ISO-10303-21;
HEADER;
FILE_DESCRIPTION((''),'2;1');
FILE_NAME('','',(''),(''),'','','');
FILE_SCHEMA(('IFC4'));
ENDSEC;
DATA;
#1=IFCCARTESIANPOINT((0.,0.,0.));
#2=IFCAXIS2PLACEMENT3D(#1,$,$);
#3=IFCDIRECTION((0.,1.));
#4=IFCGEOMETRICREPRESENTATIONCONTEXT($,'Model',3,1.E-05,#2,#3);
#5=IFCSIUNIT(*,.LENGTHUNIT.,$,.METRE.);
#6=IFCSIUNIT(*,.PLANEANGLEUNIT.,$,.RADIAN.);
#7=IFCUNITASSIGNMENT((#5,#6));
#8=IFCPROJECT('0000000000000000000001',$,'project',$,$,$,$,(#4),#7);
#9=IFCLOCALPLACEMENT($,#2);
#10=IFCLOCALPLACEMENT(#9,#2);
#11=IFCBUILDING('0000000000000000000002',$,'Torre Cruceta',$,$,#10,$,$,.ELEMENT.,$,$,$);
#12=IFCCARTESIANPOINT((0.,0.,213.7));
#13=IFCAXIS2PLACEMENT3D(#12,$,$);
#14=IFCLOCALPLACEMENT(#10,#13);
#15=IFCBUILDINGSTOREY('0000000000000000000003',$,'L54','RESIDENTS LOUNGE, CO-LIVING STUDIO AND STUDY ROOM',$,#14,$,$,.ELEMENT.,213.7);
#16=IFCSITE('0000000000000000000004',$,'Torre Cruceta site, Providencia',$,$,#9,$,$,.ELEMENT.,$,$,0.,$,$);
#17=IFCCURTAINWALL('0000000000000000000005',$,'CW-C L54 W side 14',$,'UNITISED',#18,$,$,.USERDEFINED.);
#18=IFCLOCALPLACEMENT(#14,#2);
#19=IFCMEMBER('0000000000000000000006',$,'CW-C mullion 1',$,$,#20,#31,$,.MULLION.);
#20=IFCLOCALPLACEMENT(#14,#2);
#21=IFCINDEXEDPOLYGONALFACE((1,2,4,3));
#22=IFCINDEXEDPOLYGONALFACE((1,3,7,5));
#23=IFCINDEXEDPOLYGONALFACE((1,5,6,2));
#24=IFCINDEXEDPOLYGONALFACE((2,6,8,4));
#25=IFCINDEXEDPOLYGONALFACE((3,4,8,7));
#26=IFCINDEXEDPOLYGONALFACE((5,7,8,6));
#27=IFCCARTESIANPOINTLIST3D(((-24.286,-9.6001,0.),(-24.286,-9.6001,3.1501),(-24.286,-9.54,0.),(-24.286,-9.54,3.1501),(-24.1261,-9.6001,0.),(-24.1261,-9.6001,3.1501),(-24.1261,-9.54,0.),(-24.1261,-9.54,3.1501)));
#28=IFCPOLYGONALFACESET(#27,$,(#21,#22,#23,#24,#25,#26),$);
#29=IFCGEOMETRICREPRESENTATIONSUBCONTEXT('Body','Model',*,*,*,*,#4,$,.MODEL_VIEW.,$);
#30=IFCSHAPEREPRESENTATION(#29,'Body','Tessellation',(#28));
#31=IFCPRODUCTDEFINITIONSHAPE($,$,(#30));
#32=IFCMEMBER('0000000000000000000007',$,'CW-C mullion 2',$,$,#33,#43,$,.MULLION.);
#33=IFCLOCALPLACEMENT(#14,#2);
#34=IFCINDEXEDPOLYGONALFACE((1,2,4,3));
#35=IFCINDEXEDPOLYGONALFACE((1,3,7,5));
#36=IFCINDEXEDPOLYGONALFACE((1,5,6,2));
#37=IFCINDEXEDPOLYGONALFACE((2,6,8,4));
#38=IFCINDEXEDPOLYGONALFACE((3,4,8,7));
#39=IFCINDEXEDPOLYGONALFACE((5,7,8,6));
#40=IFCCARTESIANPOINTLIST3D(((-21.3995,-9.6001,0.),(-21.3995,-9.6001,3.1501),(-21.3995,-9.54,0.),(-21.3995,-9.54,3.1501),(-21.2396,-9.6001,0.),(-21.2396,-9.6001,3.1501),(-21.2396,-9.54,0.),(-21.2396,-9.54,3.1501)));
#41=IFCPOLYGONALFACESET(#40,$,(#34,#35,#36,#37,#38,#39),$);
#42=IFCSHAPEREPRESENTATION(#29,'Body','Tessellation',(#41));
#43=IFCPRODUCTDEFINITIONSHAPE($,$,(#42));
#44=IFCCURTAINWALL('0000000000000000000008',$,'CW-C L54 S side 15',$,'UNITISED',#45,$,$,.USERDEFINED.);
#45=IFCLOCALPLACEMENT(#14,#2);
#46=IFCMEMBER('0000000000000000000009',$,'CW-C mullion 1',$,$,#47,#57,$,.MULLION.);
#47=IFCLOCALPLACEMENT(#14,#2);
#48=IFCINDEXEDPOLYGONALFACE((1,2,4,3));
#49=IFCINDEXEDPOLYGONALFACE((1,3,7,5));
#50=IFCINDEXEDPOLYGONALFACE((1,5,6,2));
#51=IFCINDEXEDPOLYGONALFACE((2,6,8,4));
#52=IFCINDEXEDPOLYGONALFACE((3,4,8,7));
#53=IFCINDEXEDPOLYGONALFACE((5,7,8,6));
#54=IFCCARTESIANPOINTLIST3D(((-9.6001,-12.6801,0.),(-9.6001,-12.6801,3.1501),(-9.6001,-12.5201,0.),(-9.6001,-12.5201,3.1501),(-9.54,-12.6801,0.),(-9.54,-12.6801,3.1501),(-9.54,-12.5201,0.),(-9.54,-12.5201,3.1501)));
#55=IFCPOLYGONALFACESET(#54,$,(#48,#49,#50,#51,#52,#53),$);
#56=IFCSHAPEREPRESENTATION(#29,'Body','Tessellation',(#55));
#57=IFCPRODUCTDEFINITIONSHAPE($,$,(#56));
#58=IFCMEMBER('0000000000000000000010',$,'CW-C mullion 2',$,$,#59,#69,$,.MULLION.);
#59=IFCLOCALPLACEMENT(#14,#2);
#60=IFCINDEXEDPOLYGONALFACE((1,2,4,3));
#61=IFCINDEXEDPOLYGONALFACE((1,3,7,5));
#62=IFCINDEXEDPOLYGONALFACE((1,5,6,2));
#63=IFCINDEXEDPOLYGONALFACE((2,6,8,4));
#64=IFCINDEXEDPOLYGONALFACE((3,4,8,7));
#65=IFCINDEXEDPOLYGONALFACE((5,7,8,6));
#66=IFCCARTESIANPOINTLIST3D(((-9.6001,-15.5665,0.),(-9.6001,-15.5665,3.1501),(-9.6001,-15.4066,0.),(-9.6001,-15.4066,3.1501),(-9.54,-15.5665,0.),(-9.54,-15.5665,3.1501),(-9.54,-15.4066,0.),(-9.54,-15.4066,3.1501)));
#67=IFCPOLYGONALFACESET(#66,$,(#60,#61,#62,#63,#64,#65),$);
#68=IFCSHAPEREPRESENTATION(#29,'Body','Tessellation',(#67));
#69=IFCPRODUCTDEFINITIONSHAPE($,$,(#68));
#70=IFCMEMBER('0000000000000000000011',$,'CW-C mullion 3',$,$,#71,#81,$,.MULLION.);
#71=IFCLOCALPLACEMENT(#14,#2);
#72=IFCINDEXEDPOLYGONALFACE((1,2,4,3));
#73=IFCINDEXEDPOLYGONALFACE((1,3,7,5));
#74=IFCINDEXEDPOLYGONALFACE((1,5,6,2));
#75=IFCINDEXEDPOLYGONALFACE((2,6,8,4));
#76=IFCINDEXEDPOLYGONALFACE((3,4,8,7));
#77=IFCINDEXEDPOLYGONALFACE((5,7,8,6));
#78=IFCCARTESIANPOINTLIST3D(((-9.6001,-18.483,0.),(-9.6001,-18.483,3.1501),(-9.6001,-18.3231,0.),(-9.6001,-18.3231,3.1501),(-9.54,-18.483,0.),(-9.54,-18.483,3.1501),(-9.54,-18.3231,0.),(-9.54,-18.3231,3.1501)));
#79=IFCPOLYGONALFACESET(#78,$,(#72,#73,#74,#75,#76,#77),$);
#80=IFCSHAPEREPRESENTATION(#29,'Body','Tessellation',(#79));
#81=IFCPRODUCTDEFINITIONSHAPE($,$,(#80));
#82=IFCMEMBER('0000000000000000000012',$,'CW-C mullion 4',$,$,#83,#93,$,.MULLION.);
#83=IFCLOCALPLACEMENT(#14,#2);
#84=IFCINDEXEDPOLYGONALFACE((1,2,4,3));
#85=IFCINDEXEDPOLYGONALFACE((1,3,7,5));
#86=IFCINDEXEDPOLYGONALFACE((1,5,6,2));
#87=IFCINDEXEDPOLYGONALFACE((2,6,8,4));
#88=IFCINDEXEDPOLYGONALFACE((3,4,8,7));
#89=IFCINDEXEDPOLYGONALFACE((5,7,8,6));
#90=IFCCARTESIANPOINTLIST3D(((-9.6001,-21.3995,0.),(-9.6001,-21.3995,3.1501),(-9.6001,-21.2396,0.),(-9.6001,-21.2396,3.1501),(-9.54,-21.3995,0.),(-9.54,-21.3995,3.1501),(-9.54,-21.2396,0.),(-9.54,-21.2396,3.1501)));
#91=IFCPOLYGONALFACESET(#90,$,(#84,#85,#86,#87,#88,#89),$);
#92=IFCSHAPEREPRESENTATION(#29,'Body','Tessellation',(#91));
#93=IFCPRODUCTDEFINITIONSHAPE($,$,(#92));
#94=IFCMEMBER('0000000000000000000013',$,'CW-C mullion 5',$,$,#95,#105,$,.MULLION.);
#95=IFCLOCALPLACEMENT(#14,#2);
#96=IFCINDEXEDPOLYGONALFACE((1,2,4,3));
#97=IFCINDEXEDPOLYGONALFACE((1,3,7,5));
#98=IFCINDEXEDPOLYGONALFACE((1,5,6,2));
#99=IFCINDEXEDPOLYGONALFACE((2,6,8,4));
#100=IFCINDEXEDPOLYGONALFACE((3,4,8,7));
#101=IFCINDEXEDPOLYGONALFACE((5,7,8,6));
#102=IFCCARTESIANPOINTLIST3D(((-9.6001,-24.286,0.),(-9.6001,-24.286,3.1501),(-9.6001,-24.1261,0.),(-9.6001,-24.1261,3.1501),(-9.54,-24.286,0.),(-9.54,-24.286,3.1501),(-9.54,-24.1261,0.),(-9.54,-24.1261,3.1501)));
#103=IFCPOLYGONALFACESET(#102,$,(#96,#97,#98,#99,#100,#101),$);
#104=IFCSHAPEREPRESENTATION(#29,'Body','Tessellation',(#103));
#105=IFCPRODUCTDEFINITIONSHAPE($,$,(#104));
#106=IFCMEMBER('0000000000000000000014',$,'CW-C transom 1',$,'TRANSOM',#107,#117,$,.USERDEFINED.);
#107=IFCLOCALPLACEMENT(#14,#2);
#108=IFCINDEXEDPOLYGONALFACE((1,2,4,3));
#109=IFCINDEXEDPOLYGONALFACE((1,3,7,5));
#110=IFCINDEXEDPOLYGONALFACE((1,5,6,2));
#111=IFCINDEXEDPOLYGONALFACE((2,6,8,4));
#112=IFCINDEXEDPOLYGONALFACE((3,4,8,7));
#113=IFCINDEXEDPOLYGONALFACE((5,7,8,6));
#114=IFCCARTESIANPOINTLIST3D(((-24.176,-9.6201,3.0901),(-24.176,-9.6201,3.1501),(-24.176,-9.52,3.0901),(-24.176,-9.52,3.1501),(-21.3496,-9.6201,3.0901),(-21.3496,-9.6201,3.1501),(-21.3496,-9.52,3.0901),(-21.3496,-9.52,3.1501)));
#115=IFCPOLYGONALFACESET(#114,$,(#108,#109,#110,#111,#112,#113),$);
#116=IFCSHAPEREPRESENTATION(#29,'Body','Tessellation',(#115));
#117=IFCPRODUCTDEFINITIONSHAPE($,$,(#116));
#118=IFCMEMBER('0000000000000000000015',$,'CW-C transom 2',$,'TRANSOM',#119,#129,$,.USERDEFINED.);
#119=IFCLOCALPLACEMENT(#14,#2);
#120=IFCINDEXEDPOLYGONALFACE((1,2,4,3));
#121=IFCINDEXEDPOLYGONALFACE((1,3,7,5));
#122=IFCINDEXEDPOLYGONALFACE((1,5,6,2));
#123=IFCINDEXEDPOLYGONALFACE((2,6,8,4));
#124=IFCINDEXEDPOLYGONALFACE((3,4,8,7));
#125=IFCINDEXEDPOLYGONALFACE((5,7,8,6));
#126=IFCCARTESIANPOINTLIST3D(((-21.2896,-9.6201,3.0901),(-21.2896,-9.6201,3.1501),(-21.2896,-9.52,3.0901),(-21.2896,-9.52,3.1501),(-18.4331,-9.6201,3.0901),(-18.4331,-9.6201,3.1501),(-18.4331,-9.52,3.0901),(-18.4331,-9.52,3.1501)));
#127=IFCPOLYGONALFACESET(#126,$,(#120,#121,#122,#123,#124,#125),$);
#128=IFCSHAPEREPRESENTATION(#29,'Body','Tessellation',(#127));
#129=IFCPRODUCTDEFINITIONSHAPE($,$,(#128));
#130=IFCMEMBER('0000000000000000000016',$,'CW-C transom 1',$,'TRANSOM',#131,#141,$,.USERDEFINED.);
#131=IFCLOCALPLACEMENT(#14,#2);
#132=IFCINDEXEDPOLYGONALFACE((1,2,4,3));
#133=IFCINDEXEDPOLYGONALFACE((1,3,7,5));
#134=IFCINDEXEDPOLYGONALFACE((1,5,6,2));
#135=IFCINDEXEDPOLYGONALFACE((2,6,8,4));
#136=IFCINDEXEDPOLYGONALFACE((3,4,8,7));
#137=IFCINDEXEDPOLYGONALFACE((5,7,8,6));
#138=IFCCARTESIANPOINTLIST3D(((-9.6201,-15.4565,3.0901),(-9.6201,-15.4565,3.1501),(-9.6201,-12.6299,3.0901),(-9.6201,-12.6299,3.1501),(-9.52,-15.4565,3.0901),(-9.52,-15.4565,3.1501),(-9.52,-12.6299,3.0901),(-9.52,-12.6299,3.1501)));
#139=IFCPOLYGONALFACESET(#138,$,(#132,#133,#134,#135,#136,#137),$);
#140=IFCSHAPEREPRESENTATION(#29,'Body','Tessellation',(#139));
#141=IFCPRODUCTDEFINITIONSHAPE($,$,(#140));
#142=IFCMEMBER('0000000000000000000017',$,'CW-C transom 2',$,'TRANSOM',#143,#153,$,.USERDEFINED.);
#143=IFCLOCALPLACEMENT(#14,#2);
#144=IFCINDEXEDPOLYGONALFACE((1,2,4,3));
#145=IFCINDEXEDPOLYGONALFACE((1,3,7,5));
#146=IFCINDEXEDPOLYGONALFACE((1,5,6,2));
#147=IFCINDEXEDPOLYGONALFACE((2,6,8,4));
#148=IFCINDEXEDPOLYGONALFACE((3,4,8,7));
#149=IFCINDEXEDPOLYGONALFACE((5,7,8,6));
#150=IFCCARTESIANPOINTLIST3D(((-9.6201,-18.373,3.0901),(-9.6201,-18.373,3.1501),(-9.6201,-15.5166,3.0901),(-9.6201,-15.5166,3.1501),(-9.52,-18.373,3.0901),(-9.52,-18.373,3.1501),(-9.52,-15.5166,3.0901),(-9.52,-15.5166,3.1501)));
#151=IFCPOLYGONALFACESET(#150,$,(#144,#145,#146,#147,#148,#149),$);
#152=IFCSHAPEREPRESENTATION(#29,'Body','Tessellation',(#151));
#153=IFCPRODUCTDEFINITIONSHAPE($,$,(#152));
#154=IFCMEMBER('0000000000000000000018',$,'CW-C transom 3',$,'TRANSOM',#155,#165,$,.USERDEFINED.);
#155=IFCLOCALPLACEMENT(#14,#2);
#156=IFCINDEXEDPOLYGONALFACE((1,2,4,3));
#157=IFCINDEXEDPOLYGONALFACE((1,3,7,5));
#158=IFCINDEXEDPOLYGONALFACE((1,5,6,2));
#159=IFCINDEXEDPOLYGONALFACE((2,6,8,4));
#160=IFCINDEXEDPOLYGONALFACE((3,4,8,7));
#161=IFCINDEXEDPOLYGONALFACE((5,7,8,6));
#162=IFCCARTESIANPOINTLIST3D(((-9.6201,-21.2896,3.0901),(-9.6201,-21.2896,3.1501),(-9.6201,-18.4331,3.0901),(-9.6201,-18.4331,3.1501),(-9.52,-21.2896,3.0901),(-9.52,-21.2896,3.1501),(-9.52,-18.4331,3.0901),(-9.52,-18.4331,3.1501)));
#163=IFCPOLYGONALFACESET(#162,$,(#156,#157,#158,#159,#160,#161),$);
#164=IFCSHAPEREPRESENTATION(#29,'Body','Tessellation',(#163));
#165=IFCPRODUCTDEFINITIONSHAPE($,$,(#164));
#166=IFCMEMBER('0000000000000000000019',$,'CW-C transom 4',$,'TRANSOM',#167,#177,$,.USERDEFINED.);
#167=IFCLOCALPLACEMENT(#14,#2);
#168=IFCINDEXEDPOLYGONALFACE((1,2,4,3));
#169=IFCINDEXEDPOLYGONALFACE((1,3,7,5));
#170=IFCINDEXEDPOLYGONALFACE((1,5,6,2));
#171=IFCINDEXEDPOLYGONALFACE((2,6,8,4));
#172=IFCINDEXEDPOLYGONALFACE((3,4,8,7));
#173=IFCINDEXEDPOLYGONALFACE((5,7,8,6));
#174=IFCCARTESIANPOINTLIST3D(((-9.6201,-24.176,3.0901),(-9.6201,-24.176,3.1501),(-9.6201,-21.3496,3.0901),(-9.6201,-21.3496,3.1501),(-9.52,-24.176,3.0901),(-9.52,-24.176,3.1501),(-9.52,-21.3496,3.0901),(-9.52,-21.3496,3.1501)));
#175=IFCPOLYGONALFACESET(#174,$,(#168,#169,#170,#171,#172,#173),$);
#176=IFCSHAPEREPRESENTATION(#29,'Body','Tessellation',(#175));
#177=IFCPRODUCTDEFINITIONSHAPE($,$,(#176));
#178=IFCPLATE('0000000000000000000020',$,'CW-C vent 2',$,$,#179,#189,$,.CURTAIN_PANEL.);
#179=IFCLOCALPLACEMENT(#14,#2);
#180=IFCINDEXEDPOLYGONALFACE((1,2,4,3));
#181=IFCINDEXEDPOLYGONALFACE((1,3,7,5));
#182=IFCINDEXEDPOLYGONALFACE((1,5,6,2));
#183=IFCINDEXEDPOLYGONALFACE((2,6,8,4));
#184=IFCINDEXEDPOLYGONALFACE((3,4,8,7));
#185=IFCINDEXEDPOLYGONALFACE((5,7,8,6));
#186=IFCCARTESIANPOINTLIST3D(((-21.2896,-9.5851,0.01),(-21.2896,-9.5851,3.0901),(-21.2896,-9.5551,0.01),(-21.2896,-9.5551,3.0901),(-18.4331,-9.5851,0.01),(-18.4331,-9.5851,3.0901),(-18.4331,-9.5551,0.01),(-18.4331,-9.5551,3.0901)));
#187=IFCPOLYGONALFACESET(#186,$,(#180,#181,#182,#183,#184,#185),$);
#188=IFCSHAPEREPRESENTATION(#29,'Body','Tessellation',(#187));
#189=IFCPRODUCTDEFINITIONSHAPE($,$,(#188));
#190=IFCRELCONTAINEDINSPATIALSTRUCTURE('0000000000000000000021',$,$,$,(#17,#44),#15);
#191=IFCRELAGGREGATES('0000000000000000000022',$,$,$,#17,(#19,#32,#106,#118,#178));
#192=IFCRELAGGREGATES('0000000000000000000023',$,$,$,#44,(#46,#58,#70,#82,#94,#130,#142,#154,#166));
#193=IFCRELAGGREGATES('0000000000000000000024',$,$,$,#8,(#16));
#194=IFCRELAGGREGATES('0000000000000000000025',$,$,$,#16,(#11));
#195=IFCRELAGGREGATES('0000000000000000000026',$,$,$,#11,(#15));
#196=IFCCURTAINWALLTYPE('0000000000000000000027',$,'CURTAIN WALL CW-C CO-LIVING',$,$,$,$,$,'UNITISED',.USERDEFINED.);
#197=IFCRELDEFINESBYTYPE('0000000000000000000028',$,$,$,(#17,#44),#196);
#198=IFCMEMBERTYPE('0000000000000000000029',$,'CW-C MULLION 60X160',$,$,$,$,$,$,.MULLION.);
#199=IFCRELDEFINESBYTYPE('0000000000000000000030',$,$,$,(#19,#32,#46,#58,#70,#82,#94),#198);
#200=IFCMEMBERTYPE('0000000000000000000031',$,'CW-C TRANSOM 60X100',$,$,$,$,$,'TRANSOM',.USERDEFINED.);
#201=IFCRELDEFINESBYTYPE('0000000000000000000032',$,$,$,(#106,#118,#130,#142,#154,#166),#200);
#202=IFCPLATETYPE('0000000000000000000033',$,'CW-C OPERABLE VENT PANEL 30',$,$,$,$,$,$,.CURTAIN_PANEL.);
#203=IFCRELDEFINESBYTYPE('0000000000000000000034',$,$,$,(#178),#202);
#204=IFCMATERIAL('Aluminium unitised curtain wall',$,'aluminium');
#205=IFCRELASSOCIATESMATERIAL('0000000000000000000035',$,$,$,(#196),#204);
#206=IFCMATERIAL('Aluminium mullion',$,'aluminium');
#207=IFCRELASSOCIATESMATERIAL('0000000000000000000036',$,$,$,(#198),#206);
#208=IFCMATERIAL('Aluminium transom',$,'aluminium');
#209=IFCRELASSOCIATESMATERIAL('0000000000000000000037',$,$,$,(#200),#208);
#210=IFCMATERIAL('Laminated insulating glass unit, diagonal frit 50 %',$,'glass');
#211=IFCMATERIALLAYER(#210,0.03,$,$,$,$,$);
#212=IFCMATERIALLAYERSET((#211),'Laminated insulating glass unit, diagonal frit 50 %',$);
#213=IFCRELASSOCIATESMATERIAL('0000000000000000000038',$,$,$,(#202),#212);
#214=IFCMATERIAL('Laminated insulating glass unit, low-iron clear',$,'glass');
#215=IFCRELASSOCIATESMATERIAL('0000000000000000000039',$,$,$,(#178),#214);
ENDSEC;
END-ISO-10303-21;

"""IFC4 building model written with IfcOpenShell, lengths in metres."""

from ifc_helpers import new_model, si_unit, direction, frame, origin, origin_2d, place, context, subcontext, project, spatial, rectangle, extrude, material, layer, layer_set, material_profile, profile_set, type_object, element, aggregate, save


model = new_model("IFC4")

# Units and contexts
model_context = context("Model", 3, precision=1e-05, world=origin(), true_north=direction((0.0, 1.0)))
body_context = subcontext(model_context, "Body", "Model", "MODEL_VIEW")
ifc_project = project(units=[si_unit("LENGTHUNIT", "METRE"), si_unit("PLANEANGLEUNIT", "RADIAN")], contexts=[model_context])

# Site, building, storey
site_placement = place(None, origin())
site = spatial("IfcSite", under=ifc_project, at=site_placement, Name="Torre Cruceta site, Providencia", CompositionType="ELEMENT", RefElevation=0.0)
building_placement = place(site_placement, origin())
building = spatial("IfcBuilding", under=site, at=building_placement, Name="Torre Cruceta", CompositionType="ELEMENT")
storey_placement = place(building_placement, frame((0.0, 0.0, 213.7)))
storey = spatial("IfcBuildingStorey", under=building, at=storey_placement, Name="L54", Description="RESIDENTS LOUNGE, CO-LIVING STUDIO AND STUDY ROOM", CompositionType="ELEMENT", Elevation=213.7)

# Curtain walls, members
ifc_material_1 = material(Name="Aluminium unitised curtain wall", Category="aluminium")
curtain_wall_type = type_object("IfcCurtainWallType", Name="CURTAIN WALL CW-C CO-LIVING", ElementType="UNITISED", PredefinedType="USERDEFINED", material=ifc_material_1)
curtain_wall_1_placement = place(storey_placement, origin())
curtain_wall_1 = element("IfcCurtainWall", 1, at=curtain_wall_1_placement, inside=storey, type_object=curtain_wall_type, Name="CW-C L54 W side 14", ObjectType="UNITISED", PredefinedType="USERDEFINED")
ifc_material_2 = material(Name="Aluminium mullion", Category="aluminium")
ifc_material_profile_1 = material_profile(ifc_material_2, rectangle(XDim=0.0601, YDim=0.1599, at=origin_2d()), Name="AL 60X160")
ifc_profile_set_1 = profile_set([ifc_material_profile_1], Name="Aluminium mullion")
member_type_1 = type_object("IfcMemberType", Name="CW-C MULLION 60X160", PredefinedType="MULLION", material=ifc_profile_set_1)
member_1_placement = place(storey_placement, frame((-24.2061, -9.5701, 0.0), z_axis=(0.0, 0.0, 1.0), x_axis=(0.0, 1.0, 0.0)))
member_1 = element("IfcMember", 2, at=member_1_placement, type_object=member_type_1, Name="CW-C mullion 1", PredefinedType="MULLION", context=body_context, shape_type="SweptSolid", body=[
    extrude(rectangle(XDim=0.0601, YDim=0.1599, at=origin_2d()), origin(), (0.0, 0.0, 1.0), 3.1501),
])
member_2_placement = place(storey_placement, frame((-21.3196, -9.5701, 0.0), z_axis=(0.0, 0.0, 1.0), x_axis=(0.0, 1.0, 0.0)))
member_2 = element("IfcMember", 3, at=member_2_placement, type_object=member_type_1, Name="CW-C mullion 2", PredefinedType="MULLION", context=body_context, shape_type="SweptSolid", body=[
    extrude(rectangle(XDim=0.0601, YDim=0.1599, at=origin_2d()), origin(), (0.0, 0.0, 1.0), 3.1501),
])
curtain_wall_2_placement = place(storey_placement, origin())
curtain_wall_2 = element("IfcCurtainWall", 4, at=curtain_wall_2_placement, inside=storey, type_object=curtain_wall_type, Name="CW-C L54 S side 15", ObjectType="UNITISED", PredefinedType="USERDEFINED")
member_3_placement = place(storey_placement, frame((-9.5701, -12.6001, 0.0), z_axis=(0.0, 0.0, 1.0), x_axis=(1.0, 0.0, 0.0)))
member_3 = element("IfcMember", 5, at=member_3_placement, type_object=member_type_1, Name="CW-C mullion 1", PredefinedType="MULLION", context=body_context, shape_type="SweptSolid", body=[
    extrude(rectangle(XDim=0.0601, YDim=0.1599, at=origin_2d()), origin(), (0.0, 0.0, 1.0), 3.1501),
])
member_4_placement = place(storey_placement, frame((-9.5701, -15.4866, 0.0), z_axis=(0.0, 0.0, 1.0), x_axis=(1.0, 0.0, 0.0)))
member_4 = element("IfcMember", 6, at=member_4_placement, type_object=member_type_1, Name="CW-C mullion 2", PredefinedType="MULLION", context=body_context, shape_type="SweptSolid", body=[
    extrude(rectangle(XDim=0.0601, YDim=0.1599, at=origin_2d()), origin(), (0.0, 0.0, 1.0), 3.1501),
])
member_5_placement = place(storey_placement, frame((-9.5701, -18.4031, 0.0), z_axis=(0.0, 0.0, 1.0), x_axis=(1.0, 0.0, 0.0)))
member_5 = element("IfcMember", 7, at=member_5_placement, type_object=member_type_1, Name="CW-C mullion 3", PredefinedType="MULLION", context=body_context, shape_type="SweptSolid", body=[
    extrude(rectangle(XDim=0.0601, YDim=0.1599, at=origin_2d()), origin(), (0.0, 0.0, 1.0), 3.1501),
])
member_6_placement = place(storey_placement, frame((-9.5701, -21.3196, 0.0), z_axis=(0.0, 0.0, 1.0), x_axis=(1.0, 0.0, 0.0)))
member_6 = element("IfcMember", 8, at=member_6_placement, type_object=member_type_1, Name="CW-C mullion 4", PredefinedType="MULLION", context=body_context, shape_type="SweptSolid", body=[
    extrude(rectangle(XDim=0.0601, YDim=0.1599, at=origin_2d()), origin(), (0.0, 0.0, 1.0), 3.1501),
])
member_7_placement = place(storey_placement, frame((-9.5701, -24.2061, 0.0), z_axis=(0.0, 0.0, 1.0), x_axis=(1.0, 0.0, 0.0)))
member_7 = element("IfcMember", 9, at=member_7_placement, type_object=member_type_1, Name="CW-C mullion 5", PredefinedType="MULLION", context=body_context, shape_type="SweptSolid", body=[
    extrude(rectangle(XDim=0.0601, YDim=0.1599, at=origin_2d()), origin(), (0.0, 0.0, 1.0), 3.1501),
])

# Members
ifc_material_3 = material(Name="Aluminium transom", Category="aluminium")
ifc_material_profile_2 = material_profile(ifc_material_3, rectangle(XDim=0.1001, YDim=0.0601, at=origin_2d()), Name="AL 100X60")
ifc_profile_set_2 = profile_set([ifc_material_profile_2], Name="Aluminium transom")
member_type_2 = type_object("IfcMemberType", Name="CW-C TRANSOM 60X100", ElementType="TRANSOM", PredefinedType="USERDEFINED", material=ifc_profile_set_2)
member_8_placement = place(storey_placement, frame((-24.176, -9.5701, 3.1201), z_axis=(1.0, 0.0, 0.0), x_axis=(0.0, 1.0, 0.0)))
member_8 = element("IfcMember", 10, at=member_8_placement, type_object=member_type_2, Name="CW-C transom 1", ObjectType="TRANSOM", PredefinedType="USERDEFINED", context=body_context, shape_type="SweptSolid", body=[
    extrude(rectangle(XDim=0.1001, YDim=0.0601, at=origin_2d()), origin(), (0.0, 0.0, 1.0), 2.8264),
])
member_9_placement = place(storey_placement, frame((-21.2896, -9.5701, 3.1201), z_axis=(1.0, 0.0, 0.0), x_axis=(0.0, 1.0, 0.0)))
member_9 = element("IfcMember", 11, at=member_9_placement, type_object=member_type_2, Name="CW-C transom 2", ObjectType="TRANSOM", PredefinedType="USERDEFINED", context=body_context, shape_type="SweptSolid", body=[
    extrude(rectangle(XDim=0.1001, YDim=0.0601, at=origin_2d()), origin(), (0.0, 0.0, 1.0), 2.8564),
])
member_10_placement = place(storey_placement, frame((-9.5701, -12.6299, 3.1201), z_axis=(0.0, -1.0, 0.0), x_axis=(1.0, 0.0, 0.0)))
member_10 = element("IfcMember", 12, at=member_10_placement, type_object=member_type_2, Name="CW-C transom 1", ObjectType="TRANSOM", PredefinedType="USERDEFINED", context=body_context, shape_type="SweptSolid", body=[
    extrude(rectangle(XDim=0.1001, YDim=0.0601, at=origin_2d()), origin(), (0.0, 0.0, 1.0), 2.8267),
])
member_11_placement = place(storey_placement, frame((-9.5701, -15.5166, 3.1201), z_axis=(0.0, -1.0, 0.0), x_axis=(1.0, 0.0, 0.0)))
member_11 = element("IfcMember", 13, at=member_11_placement, type_object=member_type_2, Name="CW-C transom 2", ObjectType="TRANSOM", PredefinedType="USERDEFINED", context=body_context, shape_type="SweptSolid", body=[
    extrude(rectangle(XDim=0.1001, YDim=0.0601, at=origin_2d()), origin(), (0.0, 0.0, 1.0), 2.8564),
])
member_12_placement = place(storey_placement, frame((-9.5701, -18.4331, 3.1201), z_axis=(0.0, -1.0, 0.0), x_axis=(1.0, 0.0, 0.0)))
member_12 = element("IfcMember", 14, at=member_12_placement, type_object=member_type_2, Name="CW-C transom 3", ObjectType="TRANSOM", PredefinedType="USERDEFINED", context=body_context, shape_type="SweptSolid", body=[
    extrude(rectangle(XDim=0.1001, YDim=0.0601, at=origin_2d()), origin(), (0.0, 0.0, 1.0), 2.8564),
])
member_13_placement = place(storey_placement, frame((-9.5701, -21.3496, 3.1201), z_axis=(0.0, -1.0, 0.0), x_axis=(1.0, 0.0, 0.0)))
member_13 = element("IfcMember", 15, at=member_13_placement, type_object=member_type_2, Name="CW-C transom 4", ObjectType="TRANSOM", PredefinedType="USERDEFINED", context=body_context, shape_type="SweptSolid", body=[
    extrude(rectangle(XDim=0.1001, YDim=0.0601, at=origin_2d()), origin(), (0.0, 0.0, 1.0), 2.8264),
])

# Plate
ifc_material_4 = material(Name="Laminated insulating glass unit, low-iron clear", Category="glass")
ifc_material_5 = material(Name="Laminated insulating glass unit, diagonal frit 50 %", Category="glass")
ifc_layer_1 = layer(ifc_material_5, 0.03)
ifc_layer_set_1 = layer_set([ifc_layer_1], Name="Laminated insulating glass unit, diagonal frit 50 %")
plate_type_1 = type_object("IfcPlateType", Name="CW-C OPERABLE VENT PANEL 30", PredefinedType="CURTAIN_PANEL", material=ifc_layer_set_1)
plate_1_placement = place(storey_placement, frame((-19.8613, -9.5701, 0.01), z_axis=(0.0, 0.0, 1.0), x_axis=(1.0, 0.0, 0.0)))
plate_1 = element("IfcPlate", 16, at=plate_1_placement, type_object=plate_type_1, material=ifc_material_4, Name="CW-C vent 2", PredefinedType="CURTAIN_PANEL", context=body_context, shape_type="SweptSolid", body=[
    extrude(rectangle(XDim=2.8564, YDim=0.03, at=origin_2d()), origin(), (0.0, 0.0, 1.0), 3.0801),
])
aggregate(curtain_wall_1, [member_1, member_2, member_8, member_9, plate_1])
aggregate(curtain_wall_2, [member_3, member_4, member_5, member_6, member_7, member_10, member_11, member_12, member_13])

save(model, "model.ifc")
